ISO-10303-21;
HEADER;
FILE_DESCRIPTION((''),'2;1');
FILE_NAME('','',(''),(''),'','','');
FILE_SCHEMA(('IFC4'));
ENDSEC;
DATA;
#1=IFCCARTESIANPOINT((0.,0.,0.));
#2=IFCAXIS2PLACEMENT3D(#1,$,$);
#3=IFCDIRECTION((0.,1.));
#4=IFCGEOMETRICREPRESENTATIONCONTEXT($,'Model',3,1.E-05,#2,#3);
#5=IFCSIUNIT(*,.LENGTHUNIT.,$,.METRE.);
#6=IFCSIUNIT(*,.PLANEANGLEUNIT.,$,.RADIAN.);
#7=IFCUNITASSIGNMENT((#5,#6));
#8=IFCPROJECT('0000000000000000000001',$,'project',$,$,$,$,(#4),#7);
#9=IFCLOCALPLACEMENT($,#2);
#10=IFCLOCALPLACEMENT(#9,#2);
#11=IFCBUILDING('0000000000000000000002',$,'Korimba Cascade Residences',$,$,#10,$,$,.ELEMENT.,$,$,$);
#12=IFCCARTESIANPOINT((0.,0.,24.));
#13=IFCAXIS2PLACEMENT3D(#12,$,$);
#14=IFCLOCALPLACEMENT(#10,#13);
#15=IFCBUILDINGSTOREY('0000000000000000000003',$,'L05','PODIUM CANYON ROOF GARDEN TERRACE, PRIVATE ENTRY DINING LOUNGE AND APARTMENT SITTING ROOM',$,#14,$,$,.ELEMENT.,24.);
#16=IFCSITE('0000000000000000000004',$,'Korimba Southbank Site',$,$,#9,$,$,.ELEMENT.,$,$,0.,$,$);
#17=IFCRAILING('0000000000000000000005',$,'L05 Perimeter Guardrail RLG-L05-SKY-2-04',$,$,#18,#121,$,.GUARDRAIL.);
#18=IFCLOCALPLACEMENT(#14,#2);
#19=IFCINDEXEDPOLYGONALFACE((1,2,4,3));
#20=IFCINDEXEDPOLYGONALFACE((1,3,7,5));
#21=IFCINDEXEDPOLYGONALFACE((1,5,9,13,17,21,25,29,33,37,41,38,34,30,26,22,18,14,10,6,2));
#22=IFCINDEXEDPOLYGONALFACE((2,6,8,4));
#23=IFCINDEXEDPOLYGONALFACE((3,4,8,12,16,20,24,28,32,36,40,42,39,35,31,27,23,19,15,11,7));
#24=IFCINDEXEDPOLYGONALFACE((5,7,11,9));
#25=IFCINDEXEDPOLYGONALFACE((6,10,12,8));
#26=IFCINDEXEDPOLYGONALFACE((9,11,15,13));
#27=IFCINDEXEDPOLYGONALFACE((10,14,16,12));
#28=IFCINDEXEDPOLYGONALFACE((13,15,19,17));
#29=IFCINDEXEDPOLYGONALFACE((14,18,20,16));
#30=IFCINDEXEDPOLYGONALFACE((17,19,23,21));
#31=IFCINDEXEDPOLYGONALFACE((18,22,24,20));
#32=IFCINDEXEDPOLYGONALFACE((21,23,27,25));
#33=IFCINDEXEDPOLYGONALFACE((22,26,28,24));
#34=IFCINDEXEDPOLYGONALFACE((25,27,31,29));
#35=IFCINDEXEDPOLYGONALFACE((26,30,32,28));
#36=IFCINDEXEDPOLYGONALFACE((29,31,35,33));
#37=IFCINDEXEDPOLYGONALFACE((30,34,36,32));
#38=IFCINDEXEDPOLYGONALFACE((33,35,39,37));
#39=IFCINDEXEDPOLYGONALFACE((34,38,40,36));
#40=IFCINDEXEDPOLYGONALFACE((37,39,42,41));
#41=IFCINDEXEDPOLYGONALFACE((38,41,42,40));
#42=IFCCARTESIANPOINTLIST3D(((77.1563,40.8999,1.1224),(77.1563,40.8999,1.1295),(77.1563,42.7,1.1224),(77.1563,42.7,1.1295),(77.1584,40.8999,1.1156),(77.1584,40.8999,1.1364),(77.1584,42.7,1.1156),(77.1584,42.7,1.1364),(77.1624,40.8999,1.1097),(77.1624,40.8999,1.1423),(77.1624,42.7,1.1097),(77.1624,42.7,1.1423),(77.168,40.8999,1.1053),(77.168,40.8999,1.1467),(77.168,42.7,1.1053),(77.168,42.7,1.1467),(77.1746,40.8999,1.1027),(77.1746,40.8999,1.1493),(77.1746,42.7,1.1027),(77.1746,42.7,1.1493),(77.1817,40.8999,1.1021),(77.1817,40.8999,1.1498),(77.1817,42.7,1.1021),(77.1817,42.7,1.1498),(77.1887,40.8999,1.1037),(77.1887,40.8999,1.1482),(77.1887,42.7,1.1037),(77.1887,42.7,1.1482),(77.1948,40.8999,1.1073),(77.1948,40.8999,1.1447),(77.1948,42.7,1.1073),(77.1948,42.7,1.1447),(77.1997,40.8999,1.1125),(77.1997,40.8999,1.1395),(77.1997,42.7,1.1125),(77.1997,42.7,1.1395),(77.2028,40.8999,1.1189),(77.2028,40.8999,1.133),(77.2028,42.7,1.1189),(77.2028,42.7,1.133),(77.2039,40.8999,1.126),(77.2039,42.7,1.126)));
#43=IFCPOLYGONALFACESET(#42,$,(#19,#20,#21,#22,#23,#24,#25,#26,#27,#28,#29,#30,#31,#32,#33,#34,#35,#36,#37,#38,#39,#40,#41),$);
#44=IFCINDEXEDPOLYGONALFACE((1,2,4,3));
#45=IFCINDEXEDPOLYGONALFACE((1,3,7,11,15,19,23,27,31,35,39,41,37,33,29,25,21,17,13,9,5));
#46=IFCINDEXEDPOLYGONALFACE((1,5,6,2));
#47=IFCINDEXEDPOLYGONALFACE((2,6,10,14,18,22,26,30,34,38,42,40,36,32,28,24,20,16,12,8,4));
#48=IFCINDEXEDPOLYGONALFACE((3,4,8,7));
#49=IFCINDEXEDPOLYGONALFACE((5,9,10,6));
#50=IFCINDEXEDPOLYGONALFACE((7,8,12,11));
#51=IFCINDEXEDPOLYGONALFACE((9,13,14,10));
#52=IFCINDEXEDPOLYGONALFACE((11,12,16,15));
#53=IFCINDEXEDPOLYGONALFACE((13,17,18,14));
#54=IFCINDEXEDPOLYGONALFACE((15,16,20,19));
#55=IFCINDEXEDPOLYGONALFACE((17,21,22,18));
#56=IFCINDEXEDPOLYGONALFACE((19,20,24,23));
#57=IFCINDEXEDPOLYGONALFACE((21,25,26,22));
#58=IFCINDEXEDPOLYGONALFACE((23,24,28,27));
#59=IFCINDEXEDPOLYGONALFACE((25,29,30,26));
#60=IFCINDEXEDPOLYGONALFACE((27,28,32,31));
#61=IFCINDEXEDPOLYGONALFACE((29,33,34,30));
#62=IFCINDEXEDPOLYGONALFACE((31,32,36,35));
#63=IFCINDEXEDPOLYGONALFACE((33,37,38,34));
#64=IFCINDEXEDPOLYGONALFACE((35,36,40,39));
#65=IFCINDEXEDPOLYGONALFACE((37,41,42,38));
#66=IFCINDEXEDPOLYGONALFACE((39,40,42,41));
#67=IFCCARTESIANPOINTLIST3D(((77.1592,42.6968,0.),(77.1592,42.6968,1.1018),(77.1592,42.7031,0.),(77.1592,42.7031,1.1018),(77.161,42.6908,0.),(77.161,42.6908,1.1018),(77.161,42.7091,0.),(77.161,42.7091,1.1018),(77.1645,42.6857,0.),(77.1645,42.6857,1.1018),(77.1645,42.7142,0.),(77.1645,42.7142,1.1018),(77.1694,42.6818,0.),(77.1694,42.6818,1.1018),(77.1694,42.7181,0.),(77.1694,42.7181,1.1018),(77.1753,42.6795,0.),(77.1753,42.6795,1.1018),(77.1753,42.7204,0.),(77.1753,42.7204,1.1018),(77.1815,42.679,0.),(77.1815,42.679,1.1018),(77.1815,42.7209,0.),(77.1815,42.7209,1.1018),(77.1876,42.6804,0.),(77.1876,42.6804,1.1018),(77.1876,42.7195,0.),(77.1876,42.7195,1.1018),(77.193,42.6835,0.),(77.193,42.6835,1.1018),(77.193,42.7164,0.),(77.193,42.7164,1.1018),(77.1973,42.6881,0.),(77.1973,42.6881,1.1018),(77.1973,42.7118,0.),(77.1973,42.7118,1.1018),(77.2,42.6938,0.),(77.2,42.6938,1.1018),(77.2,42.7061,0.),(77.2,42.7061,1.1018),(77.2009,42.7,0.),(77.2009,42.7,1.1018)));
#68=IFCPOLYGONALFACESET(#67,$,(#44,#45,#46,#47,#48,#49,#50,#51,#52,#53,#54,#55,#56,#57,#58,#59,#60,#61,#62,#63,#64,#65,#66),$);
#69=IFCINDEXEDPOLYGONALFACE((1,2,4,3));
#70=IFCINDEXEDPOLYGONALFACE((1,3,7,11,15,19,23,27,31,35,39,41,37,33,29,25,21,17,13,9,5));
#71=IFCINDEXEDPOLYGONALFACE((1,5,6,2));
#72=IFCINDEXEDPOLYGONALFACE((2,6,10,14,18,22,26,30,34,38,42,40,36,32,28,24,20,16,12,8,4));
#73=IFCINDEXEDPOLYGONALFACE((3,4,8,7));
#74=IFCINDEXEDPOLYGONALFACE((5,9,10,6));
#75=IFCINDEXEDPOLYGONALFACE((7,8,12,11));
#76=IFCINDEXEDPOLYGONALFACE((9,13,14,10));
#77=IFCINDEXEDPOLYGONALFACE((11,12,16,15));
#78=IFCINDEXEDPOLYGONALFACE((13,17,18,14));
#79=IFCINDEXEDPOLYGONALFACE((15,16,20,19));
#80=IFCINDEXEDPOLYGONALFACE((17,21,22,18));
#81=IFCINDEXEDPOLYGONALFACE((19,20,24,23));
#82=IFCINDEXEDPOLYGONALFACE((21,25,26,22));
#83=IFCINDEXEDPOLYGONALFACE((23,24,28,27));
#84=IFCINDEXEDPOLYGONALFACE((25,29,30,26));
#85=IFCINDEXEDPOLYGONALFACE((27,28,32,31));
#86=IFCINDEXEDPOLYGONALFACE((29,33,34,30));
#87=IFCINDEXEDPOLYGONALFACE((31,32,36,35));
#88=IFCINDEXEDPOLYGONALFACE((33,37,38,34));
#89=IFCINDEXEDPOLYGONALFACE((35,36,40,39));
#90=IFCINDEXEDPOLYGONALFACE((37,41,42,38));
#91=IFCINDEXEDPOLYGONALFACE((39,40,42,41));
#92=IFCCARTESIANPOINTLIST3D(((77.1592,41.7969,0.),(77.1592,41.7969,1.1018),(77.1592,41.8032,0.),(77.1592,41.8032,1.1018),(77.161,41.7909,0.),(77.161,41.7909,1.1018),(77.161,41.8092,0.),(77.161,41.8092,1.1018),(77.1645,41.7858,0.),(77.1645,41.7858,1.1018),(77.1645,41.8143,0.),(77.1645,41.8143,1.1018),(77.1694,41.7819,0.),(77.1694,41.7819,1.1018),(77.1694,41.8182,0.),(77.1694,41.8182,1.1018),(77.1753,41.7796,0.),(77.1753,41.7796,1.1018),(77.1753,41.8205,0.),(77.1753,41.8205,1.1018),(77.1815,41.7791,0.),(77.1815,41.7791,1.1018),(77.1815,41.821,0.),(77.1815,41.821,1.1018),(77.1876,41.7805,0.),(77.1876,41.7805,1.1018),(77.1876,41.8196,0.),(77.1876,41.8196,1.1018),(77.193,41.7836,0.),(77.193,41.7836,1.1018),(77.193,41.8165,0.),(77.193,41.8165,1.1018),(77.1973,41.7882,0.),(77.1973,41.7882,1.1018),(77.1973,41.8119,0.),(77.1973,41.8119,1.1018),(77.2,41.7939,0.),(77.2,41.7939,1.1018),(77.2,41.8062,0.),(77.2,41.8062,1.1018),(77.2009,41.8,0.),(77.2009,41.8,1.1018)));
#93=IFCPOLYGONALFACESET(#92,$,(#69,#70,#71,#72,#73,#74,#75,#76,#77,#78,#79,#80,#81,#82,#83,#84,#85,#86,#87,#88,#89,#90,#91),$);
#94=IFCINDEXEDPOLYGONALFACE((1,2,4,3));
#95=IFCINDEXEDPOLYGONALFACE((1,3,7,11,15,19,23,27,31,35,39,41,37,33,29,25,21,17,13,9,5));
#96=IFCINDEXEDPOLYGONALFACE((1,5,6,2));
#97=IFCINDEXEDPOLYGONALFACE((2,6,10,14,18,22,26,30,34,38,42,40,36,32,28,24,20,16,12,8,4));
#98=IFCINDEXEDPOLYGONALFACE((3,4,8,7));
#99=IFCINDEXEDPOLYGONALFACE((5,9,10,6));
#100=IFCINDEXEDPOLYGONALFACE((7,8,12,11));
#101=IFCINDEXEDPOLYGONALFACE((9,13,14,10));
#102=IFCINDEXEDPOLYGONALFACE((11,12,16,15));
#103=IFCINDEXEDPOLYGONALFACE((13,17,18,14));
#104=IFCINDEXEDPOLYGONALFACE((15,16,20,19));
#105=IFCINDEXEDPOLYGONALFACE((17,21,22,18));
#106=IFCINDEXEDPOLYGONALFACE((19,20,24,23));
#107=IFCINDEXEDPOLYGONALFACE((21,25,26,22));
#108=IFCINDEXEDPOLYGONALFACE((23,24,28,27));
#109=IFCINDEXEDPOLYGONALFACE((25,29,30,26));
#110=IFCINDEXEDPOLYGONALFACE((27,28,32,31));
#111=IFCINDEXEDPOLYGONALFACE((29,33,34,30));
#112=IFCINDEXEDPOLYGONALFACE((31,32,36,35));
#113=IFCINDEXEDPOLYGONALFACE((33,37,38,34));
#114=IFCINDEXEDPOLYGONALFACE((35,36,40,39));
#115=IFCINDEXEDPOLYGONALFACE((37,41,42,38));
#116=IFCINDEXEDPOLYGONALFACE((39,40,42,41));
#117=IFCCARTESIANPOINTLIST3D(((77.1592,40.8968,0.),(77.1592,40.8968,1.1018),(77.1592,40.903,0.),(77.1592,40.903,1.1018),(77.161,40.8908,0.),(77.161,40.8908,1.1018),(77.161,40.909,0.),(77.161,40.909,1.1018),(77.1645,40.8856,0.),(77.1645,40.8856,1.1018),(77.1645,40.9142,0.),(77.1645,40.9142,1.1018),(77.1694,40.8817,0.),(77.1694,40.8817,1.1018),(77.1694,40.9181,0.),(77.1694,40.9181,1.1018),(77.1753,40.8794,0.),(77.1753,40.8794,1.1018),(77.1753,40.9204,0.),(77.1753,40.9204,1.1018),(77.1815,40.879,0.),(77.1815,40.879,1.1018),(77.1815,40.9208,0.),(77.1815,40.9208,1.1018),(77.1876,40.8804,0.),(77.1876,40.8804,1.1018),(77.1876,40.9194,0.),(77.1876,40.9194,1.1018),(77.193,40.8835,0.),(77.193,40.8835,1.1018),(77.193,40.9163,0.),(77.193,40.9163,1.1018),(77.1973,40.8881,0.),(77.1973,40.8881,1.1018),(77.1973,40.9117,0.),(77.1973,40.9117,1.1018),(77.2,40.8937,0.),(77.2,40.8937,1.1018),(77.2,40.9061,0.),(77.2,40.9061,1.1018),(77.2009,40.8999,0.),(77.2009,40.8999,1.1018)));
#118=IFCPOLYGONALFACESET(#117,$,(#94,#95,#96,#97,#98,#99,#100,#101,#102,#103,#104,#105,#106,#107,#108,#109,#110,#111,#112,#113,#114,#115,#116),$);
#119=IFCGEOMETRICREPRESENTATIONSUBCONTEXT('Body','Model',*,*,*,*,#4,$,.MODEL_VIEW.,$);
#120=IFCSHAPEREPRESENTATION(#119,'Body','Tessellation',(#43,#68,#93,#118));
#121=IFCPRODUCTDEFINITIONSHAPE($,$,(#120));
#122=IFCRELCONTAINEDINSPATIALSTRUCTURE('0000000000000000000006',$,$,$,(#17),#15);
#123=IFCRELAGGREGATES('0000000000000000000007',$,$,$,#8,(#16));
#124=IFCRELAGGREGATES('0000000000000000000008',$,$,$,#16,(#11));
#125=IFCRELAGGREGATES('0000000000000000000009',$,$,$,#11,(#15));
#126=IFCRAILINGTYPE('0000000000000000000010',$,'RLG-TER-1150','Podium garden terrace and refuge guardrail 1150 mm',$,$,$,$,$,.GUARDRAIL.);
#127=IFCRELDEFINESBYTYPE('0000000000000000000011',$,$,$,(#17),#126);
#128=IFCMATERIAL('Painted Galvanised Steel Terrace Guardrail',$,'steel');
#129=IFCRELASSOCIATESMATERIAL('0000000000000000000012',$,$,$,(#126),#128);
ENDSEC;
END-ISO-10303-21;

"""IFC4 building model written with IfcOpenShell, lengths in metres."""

from ifc_helpers import new_model, si_unit, direction, frame, origin, origin_2d, place, context, subcontext, project, spatial, circle, extrude, material, type_object, element, save


model = new_model("IFC4")

# Units and contexts
model_context = context("Model", 3, precision=1e-05, world=origin(), true_north=direction((0.0, 1.0)))
body_context = subcontext(model_context, "Body", "Model", "MODEL_VIEW")
ifc_project = project(units=[si_unit("LENGTHUNIT", "METRE"), si_unit("PLANEANGLEUNIT", "RADIAN")], contexts=[model_context])

# Site, building, storey
site_placement = place(None, origin())
site = spatial("IfcSite", under=ifc_project, at=site_placement, Name="Korimba Southbank Site", CompositionType="ELEMENT", RefElevation=0.0)
building_placement = place(site_placement, origin())
building = spatial("IfcBuilding", under=site, at=building_placement, Name="Korimba Cascade Residences", CompositionType="ELEMENT")
storey_placement = place(building_placement, frame((0.0, 0.0, 24.0)))
storey = spatial("IfcBuildingStorey", under=building, at=storey_placement, Name="L05", Description="PODIUM CANYON ROOF GARDEN TERRACE, PRIVATE ENTRY DINING LOUNGE AND APARTMENT SITTING ROOM", CompositionType="ELEMENT", Elevation=24.0)

# Railing
ifc_material_1 = material(Name="Painted Galvanised Steel Terrace Guardrail", Category="steel")
railing_type_1 = type_object("IfcRailingType", Name="RLG-TER-1150", Description="Podium garden terrace and refuge guardrail 1150 mm", PredefinedType="GUARDRAIL", material=ifc_material_1)
railing_1_placement = place(storey_placement, frame((77.1799, 42.7, 0.0)))
element("IfcRailing", 1, at=railing_1_placement, inside=storey, type_object=railing_type_1, Name="L05 Perimeter Guardrail RLG-L05-SKY-2-04", PredefinedType="GUARDRAIL", context=body_context, shape_type="SweptSolid", body=[
    extrude(circle(Radius=0.0239, at=origin_2d()), frame((0.0, 0.0, 1.126), z_axis=(0.0, -1.0, 0.0), x_axis=(1.0, 0.0, 0.0)), (0.0, 0.0, 1.0), 1.8),
    extrude(circle(Radius=0.021, at=origin_2d()), origin(), (0.0, 0.0, 1.0), 1.1018),
    extrude(circle(Radius=0.021, at=origin_2d()), frame((0.0, -0.8999, 0.0)), (0.0, 0.0, 1.0), 1.1018),
    extrude(circle(Radius=0.021, at=origin_2d()), frame((0.0, -1.8, 0.0)), (0.0, 0.0, 1.0), 1.1018),
])

save(model, "model.ifc")
